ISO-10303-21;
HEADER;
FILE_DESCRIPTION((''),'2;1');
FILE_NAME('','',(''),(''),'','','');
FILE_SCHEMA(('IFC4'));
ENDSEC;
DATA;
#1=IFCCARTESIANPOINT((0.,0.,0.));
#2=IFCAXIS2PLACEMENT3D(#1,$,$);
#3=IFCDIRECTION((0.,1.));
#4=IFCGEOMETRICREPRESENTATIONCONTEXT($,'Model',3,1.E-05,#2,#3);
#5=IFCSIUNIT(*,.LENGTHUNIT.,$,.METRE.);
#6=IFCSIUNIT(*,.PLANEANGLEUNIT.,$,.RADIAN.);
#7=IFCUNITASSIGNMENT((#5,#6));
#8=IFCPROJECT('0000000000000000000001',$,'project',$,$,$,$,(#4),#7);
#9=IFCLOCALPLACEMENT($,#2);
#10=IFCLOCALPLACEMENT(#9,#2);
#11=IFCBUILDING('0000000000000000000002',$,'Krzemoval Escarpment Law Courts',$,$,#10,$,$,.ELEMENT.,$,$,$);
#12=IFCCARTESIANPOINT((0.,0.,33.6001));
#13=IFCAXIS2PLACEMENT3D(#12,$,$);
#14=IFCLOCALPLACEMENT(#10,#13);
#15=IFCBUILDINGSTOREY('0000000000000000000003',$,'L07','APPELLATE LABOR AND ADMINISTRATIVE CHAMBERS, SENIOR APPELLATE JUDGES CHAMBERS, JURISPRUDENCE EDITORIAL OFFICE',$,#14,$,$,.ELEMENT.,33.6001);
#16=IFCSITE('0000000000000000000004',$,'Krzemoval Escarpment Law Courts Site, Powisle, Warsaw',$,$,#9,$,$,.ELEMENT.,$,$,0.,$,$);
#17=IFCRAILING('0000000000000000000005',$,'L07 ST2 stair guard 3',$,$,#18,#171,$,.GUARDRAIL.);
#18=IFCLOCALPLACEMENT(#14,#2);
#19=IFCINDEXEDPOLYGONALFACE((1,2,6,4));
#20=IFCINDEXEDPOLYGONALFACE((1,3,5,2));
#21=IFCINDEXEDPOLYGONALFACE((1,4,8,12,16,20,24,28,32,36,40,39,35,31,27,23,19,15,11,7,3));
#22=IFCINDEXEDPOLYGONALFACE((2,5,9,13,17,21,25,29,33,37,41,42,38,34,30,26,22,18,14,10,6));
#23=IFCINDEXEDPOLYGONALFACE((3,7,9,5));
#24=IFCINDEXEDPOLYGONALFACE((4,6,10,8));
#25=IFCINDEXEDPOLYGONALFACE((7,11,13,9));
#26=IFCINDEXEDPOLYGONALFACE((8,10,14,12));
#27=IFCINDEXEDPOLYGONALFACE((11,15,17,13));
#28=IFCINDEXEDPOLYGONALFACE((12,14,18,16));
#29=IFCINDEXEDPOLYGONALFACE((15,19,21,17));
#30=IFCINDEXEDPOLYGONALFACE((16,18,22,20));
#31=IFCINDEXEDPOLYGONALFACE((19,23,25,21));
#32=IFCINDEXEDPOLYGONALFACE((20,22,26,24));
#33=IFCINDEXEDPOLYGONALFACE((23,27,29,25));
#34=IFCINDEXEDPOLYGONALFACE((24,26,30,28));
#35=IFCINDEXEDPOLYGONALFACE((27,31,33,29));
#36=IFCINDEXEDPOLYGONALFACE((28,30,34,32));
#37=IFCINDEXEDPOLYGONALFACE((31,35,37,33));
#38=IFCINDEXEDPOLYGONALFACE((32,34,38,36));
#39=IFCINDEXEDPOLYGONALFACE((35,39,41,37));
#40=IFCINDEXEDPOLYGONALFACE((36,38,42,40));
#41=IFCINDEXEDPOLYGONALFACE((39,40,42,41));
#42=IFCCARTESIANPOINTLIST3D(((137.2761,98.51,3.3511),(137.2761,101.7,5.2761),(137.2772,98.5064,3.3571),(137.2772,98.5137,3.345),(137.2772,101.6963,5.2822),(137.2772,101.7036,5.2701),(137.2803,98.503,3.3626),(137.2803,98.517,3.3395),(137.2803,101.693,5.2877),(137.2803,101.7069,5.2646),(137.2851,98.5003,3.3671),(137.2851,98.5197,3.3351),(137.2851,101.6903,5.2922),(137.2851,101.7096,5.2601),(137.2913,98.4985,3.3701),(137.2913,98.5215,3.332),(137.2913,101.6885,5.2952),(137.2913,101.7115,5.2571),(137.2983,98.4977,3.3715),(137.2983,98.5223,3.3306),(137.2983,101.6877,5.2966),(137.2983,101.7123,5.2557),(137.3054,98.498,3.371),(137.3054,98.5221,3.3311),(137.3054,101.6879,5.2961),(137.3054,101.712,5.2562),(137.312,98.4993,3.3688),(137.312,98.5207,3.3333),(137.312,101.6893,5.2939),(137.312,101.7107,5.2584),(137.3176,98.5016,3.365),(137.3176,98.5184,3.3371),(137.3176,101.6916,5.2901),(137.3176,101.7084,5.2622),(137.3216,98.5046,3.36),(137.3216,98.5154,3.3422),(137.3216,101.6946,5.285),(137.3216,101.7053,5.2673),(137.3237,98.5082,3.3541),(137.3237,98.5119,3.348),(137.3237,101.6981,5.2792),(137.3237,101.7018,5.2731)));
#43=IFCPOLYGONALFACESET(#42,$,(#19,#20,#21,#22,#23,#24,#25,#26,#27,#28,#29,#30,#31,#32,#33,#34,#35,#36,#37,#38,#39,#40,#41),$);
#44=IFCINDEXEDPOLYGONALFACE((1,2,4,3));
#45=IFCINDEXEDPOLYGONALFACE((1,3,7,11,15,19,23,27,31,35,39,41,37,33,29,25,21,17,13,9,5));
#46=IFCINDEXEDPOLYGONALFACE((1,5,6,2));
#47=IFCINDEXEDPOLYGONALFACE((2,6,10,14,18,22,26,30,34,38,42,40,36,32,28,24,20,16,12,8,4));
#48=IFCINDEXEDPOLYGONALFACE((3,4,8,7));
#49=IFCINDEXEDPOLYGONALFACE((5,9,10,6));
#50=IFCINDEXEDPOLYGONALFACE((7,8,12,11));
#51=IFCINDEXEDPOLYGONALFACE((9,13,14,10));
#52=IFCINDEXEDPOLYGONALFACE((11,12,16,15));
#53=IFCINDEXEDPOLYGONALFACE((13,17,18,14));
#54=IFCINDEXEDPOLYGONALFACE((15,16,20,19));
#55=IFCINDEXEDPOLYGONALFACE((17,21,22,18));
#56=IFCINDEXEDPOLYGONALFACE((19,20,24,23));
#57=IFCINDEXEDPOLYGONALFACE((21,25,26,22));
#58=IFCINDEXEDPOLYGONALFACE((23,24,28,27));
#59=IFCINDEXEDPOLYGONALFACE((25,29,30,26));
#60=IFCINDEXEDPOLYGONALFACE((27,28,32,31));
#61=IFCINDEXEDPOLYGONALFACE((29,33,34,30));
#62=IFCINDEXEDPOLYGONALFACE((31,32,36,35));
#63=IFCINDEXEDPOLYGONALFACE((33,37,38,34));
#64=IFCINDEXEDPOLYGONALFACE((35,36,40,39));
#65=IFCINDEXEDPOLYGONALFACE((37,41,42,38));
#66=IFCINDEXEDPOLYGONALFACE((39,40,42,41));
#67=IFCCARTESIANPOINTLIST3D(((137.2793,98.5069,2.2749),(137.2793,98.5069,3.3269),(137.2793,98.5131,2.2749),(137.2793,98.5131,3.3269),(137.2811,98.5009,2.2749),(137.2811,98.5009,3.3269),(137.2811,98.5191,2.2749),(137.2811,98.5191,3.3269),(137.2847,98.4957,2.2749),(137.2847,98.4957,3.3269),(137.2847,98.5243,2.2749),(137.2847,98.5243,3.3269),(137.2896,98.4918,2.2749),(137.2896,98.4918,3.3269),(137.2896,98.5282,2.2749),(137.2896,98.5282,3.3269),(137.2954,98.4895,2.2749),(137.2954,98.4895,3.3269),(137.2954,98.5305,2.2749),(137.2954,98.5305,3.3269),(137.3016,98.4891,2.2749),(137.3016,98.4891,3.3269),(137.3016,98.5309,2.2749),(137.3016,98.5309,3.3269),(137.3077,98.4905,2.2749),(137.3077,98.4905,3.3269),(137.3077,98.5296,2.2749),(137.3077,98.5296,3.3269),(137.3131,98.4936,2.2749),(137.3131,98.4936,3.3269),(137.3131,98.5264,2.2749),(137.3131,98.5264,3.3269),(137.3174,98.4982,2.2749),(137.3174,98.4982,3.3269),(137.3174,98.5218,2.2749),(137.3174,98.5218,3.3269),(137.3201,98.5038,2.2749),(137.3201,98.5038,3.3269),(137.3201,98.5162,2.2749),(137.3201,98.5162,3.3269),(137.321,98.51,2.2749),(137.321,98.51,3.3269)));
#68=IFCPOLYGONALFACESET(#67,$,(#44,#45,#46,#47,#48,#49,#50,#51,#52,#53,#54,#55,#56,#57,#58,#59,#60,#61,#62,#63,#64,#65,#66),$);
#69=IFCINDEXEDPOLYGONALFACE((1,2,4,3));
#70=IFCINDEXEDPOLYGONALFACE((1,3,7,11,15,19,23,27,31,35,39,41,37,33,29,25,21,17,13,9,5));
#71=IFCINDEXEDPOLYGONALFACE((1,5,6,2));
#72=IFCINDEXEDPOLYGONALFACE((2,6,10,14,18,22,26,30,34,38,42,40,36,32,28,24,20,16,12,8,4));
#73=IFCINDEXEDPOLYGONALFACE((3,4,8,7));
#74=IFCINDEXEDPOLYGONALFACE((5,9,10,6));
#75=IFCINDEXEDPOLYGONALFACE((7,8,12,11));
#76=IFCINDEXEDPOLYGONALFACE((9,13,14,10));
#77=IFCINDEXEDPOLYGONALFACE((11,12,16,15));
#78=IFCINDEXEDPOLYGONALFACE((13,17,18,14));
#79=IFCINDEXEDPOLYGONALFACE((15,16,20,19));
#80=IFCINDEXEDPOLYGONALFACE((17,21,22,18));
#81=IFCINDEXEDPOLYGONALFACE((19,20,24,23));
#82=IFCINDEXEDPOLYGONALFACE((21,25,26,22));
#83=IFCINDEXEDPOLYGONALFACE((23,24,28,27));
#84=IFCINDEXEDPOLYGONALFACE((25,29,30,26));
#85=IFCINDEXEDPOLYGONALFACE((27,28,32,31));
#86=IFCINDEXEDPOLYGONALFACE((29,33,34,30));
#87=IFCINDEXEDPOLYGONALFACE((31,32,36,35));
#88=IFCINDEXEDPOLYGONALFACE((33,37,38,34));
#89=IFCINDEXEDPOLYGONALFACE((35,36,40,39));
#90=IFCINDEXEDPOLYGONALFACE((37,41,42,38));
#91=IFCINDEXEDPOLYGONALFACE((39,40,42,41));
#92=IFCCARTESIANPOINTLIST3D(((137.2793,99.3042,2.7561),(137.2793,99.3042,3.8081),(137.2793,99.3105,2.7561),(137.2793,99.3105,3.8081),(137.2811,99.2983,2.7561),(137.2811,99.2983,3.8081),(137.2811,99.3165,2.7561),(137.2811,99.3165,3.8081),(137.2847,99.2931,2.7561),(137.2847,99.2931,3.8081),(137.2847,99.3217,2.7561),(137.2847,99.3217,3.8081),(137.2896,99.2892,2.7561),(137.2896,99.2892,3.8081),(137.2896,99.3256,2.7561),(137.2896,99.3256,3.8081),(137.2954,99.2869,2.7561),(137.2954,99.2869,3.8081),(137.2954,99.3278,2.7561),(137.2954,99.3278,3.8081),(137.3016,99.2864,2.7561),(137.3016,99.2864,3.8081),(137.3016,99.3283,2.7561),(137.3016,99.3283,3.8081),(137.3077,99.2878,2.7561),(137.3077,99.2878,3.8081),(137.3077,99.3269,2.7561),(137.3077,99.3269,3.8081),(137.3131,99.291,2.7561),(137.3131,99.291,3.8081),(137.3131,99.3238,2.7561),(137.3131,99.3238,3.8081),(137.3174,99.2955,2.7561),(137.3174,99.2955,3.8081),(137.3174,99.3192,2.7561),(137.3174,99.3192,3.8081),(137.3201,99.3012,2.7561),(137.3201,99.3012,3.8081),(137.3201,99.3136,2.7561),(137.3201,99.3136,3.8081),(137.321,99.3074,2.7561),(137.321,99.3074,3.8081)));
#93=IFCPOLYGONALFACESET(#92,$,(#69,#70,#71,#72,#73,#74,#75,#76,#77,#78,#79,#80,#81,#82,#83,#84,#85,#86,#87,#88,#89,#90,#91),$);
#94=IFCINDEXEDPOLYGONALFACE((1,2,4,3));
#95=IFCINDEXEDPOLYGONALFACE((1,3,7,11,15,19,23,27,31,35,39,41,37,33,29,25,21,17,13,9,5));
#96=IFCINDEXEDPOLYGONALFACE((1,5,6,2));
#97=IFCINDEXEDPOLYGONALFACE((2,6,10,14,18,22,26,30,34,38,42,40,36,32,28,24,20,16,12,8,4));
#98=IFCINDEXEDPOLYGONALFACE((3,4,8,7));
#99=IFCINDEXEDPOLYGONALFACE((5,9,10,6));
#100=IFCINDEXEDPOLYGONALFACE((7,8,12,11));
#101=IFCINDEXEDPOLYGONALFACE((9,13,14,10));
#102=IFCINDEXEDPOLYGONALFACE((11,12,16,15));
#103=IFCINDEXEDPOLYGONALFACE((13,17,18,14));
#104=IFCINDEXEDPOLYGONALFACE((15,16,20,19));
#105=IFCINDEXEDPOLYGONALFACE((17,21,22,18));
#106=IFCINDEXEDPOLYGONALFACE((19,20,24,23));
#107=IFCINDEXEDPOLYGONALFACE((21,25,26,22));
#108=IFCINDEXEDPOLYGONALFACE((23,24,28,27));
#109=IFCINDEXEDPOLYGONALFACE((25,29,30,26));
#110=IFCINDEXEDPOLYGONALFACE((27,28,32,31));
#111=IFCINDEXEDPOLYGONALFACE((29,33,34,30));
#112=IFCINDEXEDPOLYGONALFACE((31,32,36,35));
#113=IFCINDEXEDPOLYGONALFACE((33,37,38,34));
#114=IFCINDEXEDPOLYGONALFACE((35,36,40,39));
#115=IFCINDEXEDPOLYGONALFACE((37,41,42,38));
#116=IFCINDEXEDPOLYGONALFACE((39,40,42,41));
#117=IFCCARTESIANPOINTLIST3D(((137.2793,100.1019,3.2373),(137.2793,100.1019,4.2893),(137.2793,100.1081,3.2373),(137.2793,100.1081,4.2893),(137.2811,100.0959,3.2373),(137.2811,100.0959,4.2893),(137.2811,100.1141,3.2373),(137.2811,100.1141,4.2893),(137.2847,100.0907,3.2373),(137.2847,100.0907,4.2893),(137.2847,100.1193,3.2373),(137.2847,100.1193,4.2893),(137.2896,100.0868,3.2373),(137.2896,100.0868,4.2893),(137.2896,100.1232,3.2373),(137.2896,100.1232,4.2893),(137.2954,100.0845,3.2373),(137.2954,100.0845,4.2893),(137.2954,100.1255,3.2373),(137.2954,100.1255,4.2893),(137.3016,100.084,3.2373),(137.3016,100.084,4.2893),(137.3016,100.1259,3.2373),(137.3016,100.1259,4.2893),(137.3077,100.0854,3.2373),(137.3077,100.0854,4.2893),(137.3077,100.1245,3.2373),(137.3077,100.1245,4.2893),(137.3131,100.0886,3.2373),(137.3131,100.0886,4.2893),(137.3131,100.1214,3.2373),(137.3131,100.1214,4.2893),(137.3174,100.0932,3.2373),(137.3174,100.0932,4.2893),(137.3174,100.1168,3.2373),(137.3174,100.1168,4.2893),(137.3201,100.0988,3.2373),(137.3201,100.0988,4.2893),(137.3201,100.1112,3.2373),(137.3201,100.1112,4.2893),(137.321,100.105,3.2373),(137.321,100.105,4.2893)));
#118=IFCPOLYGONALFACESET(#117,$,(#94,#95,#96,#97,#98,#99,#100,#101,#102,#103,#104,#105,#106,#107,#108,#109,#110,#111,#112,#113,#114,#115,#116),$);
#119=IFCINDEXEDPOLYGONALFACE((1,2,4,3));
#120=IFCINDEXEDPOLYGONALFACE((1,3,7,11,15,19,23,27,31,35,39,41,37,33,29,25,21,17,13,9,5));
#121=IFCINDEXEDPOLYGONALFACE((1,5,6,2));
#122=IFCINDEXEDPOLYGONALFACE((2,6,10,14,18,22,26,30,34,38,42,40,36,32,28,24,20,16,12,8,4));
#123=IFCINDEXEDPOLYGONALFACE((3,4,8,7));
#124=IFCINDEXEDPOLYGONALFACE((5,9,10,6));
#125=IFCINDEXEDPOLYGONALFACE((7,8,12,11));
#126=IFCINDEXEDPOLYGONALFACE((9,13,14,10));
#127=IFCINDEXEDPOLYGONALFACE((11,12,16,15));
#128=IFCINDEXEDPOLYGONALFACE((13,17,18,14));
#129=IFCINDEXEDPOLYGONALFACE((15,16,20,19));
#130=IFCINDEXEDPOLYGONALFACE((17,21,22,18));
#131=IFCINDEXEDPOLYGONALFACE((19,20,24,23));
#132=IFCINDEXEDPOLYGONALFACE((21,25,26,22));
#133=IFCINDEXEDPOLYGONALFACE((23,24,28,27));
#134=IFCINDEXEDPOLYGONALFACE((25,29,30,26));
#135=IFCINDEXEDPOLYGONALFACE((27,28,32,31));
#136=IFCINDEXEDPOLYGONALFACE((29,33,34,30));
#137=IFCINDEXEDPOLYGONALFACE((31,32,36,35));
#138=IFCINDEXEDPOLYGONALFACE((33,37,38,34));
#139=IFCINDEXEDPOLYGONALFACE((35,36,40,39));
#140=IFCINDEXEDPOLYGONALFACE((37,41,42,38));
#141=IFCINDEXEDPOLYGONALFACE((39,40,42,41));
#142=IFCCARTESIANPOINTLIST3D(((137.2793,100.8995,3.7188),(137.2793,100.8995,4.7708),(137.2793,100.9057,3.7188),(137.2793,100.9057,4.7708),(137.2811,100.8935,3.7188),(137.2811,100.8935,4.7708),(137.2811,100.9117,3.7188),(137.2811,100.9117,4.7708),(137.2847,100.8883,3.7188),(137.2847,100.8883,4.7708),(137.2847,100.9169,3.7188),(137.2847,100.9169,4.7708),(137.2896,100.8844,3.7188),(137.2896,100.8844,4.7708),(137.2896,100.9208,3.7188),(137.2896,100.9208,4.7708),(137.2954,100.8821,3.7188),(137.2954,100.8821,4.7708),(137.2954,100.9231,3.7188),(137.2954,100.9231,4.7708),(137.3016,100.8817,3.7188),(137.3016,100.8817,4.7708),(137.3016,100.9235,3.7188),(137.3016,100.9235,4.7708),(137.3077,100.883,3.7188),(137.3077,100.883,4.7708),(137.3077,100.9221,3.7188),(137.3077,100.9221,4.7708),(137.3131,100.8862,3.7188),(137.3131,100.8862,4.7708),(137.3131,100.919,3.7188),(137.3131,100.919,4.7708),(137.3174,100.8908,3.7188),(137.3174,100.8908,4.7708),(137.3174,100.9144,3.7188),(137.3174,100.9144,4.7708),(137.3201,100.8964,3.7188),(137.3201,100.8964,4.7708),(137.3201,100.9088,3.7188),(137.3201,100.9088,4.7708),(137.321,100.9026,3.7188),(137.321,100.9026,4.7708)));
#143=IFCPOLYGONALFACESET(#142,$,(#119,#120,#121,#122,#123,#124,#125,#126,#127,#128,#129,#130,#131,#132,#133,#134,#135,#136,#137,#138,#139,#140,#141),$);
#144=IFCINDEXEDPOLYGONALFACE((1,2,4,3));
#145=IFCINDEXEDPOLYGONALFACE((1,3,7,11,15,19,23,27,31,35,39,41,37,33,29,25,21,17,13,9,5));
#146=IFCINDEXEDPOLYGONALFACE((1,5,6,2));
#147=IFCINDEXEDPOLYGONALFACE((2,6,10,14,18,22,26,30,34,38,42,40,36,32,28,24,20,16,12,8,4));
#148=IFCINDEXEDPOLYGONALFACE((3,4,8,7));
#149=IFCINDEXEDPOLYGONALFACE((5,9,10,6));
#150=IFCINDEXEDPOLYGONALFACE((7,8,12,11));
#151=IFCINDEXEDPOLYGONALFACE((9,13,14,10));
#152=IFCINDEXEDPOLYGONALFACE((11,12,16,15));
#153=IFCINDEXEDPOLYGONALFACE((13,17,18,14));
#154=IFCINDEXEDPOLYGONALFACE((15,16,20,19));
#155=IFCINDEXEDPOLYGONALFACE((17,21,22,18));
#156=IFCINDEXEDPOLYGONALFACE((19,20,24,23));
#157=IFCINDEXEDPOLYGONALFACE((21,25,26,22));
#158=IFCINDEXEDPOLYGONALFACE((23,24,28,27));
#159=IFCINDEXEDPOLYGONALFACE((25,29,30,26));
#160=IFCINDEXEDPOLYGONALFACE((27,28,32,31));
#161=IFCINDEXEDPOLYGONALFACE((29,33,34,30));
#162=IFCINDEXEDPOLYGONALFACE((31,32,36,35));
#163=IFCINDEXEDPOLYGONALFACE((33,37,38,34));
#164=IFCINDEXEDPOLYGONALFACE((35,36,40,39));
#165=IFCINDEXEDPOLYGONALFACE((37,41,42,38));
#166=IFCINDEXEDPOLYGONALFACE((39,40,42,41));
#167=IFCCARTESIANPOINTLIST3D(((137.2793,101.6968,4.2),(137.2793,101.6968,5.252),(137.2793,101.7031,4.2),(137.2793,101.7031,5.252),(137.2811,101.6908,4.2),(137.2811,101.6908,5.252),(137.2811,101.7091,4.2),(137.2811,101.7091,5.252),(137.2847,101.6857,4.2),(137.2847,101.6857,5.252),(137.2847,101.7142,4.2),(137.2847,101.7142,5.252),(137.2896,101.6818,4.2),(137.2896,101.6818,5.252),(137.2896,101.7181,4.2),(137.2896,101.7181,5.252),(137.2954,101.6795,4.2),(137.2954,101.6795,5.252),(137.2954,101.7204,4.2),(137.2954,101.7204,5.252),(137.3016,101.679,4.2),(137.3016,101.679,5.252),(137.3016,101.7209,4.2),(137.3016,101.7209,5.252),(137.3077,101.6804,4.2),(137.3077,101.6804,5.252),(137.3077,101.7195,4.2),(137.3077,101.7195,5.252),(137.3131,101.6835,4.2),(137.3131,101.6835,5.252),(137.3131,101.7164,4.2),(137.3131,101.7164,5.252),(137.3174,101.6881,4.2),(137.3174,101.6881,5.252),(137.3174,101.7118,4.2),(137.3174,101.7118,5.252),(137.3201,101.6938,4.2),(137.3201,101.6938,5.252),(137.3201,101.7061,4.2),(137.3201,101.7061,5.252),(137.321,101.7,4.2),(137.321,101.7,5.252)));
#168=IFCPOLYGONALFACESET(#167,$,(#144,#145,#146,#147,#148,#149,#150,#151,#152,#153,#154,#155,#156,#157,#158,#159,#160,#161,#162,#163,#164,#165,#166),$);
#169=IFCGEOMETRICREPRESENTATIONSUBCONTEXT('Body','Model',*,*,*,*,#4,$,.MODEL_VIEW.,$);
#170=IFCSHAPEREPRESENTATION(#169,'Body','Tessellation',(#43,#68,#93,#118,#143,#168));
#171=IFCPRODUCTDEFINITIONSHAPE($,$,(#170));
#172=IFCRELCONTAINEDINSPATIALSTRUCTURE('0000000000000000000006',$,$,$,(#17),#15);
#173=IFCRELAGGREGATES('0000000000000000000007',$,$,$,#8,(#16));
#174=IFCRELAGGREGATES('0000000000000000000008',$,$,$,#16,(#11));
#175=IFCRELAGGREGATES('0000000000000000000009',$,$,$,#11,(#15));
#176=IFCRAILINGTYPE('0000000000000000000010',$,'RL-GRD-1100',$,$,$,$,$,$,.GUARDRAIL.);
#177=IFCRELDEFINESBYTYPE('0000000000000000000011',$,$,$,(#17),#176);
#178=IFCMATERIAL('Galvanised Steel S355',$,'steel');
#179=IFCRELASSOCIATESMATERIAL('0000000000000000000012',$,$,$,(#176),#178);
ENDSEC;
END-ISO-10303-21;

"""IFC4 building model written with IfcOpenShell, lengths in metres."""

from ifc_helpers import new_model, si_unit, direction, frame, origin, origin_2d, place, context, subcontext, project, spatial, circle, extrude, material, type_object, element, save


model = new_model("IFC4")

# Units and contexts
model_context = context("Model", 3, precision=1e-05, world=origin(), true_north=direction((0.0, 1.0)))
body_context = subcontext(model_context, "Body", "Model", "MODEL_VIEW")
ifc_project = project(units=[si_unit("LENGTHUNIT", "METRE"), si_unit("PLANEANGLEUNIT", "RADIAN")], contexts=[model_context])

# Site, building, storey
site_placement = place(None, origin())
site = spatial("IfcSite", under=ifc_project, at=site_placement, Name="Krzemoval Escarpment Law Courts Site, Powisle, Warsaw", CompositionType="ELEMENT", RefElevation=0.0)
building_placement = place(site_placement, origin())
building = spatial("IfcBuilding", under=site, at=building_placement, Name="Krzemoval Escarpment Law Courts", CompositionType="ELEMENT")
storey_placement = place(building_placement, frame((0.0, 0.0, 33.6001)))
storey = spatial("IfcBuildingStorey", under=building, at=storey_placement, Name="L07", Description="APPELLATE LABOR AND ADMINISTRATIVE CHAMBERS, SENIOR APPELLATE JUDGES CHAMBERS, JURISPRUDENCE EDITORIAL OFFICE", CompositionType="ELEMENT", Elevation=33.6001)

# Railing
ifc_material_1 = material(Name="Galvanised Steel S355", Category="steel")
railing_type_1 = type_object("IfcRailingType", Name="RL-GRD-1100", PredefinedType="GUARDRAIL", material=ifc_material_1)
railing_1_placement = place(storey_placement, frame((137.3, 98.51, 2.2749)))
element("IfcRailing", 1, at=railing_1_placement, inside=storey, type_object=railing_type_1, Name="L07 ST2 stair guard 3", PredefinedType="GUARDRAIL", context=body_context, shape_type="SweptSolid", body=[
    extrude(circle(Radius=0.0239, at=origin_2d()), frame((0.0, 0.0, 1.0762), z_axis=(0.0, 0.856178, 0.516682), x_axis=(-1.0, 0.0, 0.0)), (0.0, 0.0, 1.0), 3.7258),
    extrude(circle(Radius=0.021, at=origin_2d()), origin(), (0.0, 0.0, 1.0), 1.052),
    extrude(circle(Radius=0.021, at=origin_2d()), frame((0.0, 0.7974, 0.4812)), (0.0, 0.0, 1.0), 1.052),
    extrude(circle(Radius=0.021, at=origin_2d()), frame((0.0, 1.595, 0.9624)), (0.0, 0.0, 1.0), 1.052),
    extrude(circle(Radius=0.021, at=origin_2d()), frame((0.0, 2.3926, 1.4438)), (0.0, 0.0, 1.0), 1.052),
    extrude(circle(Radius=0.021, at=origin_2d()), frame((0.0, 3.1899, 1.925)), (0.0, 0.0, 1.0), 1.052),
])

save(model, "model.ifc")
